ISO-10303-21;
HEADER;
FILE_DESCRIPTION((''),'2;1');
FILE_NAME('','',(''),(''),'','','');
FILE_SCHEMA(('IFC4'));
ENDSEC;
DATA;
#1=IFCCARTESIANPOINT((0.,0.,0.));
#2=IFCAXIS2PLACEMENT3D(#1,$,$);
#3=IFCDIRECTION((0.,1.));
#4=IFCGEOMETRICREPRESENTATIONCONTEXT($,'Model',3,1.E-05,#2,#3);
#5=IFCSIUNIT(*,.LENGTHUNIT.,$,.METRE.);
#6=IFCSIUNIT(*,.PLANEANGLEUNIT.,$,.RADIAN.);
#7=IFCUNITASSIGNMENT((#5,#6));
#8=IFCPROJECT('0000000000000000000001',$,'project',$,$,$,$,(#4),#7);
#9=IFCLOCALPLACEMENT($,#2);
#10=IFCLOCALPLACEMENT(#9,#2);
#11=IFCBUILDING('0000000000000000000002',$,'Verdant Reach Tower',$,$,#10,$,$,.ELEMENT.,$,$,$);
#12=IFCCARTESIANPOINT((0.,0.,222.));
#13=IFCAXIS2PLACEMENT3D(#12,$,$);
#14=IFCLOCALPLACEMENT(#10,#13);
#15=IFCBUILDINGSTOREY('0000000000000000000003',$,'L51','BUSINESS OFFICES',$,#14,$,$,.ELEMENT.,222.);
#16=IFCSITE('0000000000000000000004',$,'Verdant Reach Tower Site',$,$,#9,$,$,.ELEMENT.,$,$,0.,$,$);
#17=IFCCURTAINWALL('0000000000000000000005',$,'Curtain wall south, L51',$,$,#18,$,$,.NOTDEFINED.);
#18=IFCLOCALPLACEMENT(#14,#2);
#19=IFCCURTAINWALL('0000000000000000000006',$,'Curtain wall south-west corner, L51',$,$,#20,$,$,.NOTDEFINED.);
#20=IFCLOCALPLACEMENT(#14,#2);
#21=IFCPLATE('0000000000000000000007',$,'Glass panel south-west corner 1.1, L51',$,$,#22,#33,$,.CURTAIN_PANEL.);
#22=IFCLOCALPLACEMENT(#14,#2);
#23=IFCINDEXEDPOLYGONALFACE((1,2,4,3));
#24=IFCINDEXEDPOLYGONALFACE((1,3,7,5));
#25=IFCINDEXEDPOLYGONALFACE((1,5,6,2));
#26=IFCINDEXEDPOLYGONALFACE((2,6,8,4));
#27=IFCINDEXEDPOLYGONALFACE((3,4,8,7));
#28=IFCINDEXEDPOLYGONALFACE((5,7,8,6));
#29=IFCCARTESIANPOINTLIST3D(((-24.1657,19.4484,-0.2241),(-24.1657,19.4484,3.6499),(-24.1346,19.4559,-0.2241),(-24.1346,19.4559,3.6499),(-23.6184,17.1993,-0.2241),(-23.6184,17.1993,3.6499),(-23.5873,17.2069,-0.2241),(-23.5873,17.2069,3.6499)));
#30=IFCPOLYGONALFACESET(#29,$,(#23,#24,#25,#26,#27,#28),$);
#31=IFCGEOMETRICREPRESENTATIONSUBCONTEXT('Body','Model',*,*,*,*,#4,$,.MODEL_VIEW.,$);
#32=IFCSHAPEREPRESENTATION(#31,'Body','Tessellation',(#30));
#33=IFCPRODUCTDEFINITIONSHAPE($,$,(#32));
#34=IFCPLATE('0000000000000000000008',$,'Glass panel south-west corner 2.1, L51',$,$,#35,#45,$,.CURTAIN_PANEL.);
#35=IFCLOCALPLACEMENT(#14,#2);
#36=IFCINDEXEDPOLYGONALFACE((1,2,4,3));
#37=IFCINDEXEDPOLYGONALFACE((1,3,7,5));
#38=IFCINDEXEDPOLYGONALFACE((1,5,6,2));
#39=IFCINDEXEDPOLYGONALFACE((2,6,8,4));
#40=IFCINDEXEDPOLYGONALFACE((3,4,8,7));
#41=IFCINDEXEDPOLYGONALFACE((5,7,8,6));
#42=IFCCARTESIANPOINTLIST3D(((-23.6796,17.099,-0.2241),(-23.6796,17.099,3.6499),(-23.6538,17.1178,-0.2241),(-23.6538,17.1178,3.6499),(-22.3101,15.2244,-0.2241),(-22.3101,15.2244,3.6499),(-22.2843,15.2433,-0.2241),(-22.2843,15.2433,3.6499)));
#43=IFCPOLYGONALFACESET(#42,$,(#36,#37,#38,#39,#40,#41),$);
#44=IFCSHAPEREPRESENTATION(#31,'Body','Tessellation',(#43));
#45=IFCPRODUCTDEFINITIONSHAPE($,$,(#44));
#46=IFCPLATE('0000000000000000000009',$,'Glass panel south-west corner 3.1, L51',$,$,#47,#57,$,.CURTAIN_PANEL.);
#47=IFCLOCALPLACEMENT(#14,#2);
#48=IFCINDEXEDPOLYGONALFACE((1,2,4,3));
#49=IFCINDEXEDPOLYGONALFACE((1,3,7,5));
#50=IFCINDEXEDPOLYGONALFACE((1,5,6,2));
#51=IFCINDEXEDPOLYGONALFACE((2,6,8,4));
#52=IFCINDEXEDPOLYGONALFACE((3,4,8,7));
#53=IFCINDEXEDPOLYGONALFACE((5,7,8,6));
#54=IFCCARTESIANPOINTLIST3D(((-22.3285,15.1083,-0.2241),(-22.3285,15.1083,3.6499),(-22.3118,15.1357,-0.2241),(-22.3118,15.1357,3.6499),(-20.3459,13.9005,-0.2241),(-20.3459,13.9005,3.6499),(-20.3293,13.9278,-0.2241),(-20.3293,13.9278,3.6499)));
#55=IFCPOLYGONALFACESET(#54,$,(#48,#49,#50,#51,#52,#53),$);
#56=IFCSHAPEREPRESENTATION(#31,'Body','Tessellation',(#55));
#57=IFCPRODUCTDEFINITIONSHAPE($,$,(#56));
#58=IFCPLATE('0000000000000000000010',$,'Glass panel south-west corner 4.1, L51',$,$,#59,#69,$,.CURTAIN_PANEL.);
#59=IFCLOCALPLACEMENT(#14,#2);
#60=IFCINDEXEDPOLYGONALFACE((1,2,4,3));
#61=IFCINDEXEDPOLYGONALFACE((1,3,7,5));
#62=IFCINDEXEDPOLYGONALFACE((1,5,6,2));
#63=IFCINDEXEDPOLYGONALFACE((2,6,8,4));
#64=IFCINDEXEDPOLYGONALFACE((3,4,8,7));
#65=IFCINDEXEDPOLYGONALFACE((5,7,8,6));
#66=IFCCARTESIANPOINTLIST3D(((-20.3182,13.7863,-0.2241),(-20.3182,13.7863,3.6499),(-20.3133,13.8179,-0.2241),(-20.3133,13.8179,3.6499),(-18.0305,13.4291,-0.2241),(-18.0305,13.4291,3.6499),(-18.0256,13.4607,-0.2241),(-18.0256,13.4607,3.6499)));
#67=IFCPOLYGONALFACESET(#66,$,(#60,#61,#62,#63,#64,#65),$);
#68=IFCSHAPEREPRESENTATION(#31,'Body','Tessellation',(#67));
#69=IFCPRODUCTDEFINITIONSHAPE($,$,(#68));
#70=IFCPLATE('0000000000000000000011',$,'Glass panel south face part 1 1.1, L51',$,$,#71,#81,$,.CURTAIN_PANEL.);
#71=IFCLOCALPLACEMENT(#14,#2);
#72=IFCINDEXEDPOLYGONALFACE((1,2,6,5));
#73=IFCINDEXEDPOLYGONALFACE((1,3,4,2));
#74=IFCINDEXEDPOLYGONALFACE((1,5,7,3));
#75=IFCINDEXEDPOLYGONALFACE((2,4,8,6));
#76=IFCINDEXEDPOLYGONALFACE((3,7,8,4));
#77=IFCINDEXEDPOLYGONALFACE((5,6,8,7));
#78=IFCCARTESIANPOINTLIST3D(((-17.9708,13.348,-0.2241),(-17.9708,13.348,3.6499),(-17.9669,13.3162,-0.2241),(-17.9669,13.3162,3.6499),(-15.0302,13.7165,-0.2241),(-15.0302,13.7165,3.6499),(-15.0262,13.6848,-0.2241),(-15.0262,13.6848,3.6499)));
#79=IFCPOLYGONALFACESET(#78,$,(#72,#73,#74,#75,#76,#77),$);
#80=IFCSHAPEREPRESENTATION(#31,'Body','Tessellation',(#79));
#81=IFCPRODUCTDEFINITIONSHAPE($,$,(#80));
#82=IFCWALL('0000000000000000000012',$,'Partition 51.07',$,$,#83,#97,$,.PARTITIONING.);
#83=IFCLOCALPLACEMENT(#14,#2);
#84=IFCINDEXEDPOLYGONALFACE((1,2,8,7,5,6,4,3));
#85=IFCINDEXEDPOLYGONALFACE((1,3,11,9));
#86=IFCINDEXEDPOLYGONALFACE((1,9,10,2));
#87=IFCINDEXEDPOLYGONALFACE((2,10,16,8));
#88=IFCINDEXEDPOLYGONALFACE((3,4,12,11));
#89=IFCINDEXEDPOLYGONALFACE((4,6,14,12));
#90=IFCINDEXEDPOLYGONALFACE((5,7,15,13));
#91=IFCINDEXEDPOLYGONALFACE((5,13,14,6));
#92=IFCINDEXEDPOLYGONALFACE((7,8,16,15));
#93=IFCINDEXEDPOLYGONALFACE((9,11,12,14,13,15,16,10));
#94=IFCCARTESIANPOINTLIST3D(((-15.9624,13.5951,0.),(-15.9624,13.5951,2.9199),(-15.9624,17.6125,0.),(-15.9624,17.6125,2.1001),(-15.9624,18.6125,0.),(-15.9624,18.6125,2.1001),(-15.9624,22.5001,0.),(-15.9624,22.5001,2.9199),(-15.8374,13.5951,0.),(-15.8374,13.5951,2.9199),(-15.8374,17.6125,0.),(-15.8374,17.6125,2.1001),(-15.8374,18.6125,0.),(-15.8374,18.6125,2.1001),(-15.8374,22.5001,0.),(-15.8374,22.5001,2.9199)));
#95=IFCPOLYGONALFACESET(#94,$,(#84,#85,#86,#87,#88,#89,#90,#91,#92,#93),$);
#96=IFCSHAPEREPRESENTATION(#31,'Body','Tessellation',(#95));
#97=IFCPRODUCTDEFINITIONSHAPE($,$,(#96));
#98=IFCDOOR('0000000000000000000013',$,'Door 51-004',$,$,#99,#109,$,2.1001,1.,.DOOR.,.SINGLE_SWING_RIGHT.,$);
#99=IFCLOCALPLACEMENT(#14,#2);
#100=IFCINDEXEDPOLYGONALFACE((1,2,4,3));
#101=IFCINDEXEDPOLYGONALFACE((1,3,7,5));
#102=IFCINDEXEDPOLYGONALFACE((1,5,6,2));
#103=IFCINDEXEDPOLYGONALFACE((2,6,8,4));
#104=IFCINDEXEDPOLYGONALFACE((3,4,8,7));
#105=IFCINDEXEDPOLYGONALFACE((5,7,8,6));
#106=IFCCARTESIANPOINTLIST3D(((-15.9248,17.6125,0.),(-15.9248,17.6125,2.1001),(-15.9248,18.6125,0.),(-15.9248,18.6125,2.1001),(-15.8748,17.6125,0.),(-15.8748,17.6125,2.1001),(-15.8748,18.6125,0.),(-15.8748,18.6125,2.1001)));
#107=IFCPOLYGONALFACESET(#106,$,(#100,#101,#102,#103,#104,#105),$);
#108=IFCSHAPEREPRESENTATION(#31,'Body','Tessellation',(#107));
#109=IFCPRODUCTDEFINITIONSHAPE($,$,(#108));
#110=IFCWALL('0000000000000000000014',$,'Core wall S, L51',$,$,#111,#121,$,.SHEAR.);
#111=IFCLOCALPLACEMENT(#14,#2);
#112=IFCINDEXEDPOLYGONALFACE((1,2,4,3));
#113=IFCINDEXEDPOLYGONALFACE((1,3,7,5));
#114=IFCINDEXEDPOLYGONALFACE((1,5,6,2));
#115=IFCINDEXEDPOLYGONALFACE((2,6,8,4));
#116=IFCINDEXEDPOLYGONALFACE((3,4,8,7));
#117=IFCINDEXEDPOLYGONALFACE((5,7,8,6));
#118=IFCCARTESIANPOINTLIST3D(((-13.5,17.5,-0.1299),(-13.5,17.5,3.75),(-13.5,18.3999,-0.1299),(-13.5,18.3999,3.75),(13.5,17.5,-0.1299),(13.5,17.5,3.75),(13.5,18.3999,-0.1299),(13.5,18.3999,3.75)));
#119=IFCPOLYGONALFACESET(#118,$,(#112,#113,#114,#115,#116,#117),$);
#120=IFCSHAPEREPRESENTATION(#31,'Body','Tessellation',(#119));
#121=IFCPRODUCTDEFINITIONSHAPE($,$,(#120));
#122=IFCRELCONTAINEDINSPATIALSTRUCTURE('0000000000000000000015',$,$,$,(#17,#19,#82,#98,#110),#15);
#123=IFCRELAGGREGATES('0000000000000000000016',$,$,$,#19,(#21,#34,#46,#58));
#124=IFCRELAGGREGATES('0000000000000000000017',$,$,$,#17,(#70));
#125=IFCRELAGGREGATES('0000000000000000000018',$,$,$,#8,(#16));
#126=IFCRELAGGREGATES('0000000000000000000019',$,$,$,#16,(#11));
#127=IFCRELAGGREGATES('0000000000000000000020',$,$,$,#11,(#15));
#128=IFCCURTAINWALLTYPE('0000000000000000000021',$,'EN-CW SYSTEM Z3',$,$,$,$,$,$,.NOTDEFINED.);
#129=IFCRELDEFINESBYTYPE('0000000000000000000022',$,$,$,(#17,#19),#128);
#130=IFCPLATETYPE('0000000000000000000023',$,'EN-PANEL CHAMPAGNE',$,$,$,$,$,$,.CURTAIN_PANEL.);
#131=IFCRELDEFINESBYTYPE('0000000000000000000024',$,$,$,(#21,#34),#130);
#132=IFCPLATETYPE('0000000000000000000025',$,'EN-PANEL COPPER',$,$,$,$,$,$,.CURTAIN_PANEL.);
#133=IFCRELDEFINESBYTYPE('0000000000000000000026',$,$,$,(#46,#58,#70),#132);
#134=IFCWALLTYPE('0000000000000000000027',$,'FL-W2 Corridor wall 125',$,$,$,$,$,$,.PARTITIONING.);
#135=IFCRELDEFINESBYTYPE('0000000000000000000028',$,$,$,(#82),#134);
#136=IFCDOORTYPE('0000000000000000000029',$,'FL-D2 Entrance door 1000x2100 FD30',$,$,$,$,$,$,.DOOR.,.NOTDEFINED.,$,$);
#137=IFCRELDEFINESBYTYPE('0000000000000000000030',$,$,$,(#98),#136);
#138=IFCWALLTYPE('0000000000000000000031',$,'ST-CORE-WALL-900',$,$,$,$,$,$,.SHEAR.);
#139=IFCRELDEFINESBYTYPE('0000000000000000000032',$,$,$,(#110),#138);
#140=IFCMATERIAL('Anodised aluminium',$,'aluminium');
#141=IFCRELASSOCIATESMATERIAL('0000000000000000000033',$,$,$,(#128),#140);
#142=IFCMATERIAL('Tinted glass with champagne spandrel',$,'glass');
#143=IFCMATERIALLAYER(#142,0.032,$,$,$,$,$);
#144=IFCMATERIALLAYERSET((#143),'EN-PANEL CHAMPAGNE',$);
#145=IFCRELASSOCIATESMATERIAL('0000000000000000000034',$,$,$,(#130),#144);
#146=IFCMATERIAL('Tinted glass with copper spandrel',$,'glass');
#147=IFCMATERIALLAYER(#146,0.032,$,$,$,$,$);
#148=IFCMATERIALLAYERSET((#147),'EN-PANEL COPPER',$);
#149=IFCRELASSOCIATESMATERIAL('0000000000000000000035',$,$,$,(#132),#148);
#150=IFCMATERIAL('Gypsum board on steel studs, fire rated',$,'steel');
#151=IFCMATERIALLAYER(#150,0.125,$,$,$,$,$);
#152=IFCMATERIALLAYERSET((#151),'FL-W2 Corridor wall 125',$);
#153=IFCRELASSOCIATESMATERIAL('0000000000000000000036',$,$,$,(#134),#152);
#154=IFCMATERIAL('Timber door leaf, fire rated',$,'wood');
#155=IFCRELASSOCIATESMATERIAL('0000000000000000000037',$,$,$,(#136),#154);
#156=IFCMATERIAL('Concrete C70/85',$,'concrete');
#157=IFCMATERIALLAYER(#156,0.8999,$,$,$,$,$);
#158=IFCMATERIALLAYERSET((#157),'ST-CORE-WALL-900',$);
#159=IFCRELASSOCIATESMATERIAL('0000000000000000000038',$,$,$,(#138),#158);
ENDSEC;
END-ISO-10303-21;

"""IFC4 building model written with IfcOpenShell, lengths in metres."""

from ifc_helpers import new_model, si_unit, direction, frame, frame_2d, origin, origin_2d, place, context, subcontext, project, spatial, rectangle, extrude, material, layer, layer_set, type_object, element, fill, aggregate, save


model = new_model("IFC4")

# Units and contexts
model_context = context("Model", 3, precision=1e-05, world=origin(), true_north=direction((0.0, 1.0)))
body_context = subcontext(model_context, "Body", "Model", "MODEL_VIEW")
ifc_project = project(units=[si_unit("LENGTHUNIT", "METRE"), si_unit("PLANEANGLEUNIT", "RADIAN")], contexts=[model_context])

# Site, building, storey
site_placement = place(None, origin())
site = spatial("IfcSite", under=ifc_project, at=site_placement, Name="Verdant Reach Tower Site", CompositionType="ELEMENT", RefElevation=0.0)
building_placement = place(site_placement, origin())
building = spatial("IfcBuilding", under=site, at=building_placement, Name="Verdant Reach Tower", CompositionType="ELEMENT")
storey_placement = place(building_placement, frame((0.0, 0.0, 222.0)))
storey = spatial("IfcBuildingStorey", under=building, at=storey_placement, Name="L51", Description="BUSINESS OFFICES", CompositionType="ELEMENT", Elevation=222.0)

# Curtain wall
ifc_material_1 = material(Name="Anodised aluminium", Category="aluminium")
curtain_wall_type = type_object("IfcCurtainWallType", Name="EN-CW SYSTEM Z3", PredefinedType="NOTDEFINED", material=ifc_material_1)
curtain_wall_1_placement = place(storey_placement, origin())
curtain_wall_1 = element("IfcCurtainWall", 1, at=curtain_wall_1_placement, inside=storey, type_object=curtain_wall_type, Name="Curtain wall south, L51", PredefinedType="NOTDEFINED")

# Curtain wall, plates
curtain_wall_2_placement = place(storey_placement, origin())
curtain_wall_2 = element("IfcCurtainWall", 2, at=curtain_wall_2_placement, inside=storey, type_object=curtain_wall_type, Name="Curtain wall south-west corner, L51", PredefinedType="NOTDEFINED")
ifc_material_2 = material(Name="Tinted glass with champagne spandrel", Category="glass")
ifc_layer_1 = layer(ifc_material_2, 0.032)
ifc_layer_set_1 = layer_set([ifc_layer_1], Name="EN-PANEL CHAMPAGNE")
plate_type_1 = type_object("IfcPlateType", Name="EN-PANEL CHAMPAGNE", PredefinedType="CURTAIN_PANEL", material=ifc_layer_set_1)
plate_1_placement = place(storey_placement, frame((-23.8765, 18.3276, -0.2241), z_axis=(0.0, 0.0, 1.0), x_axis=(0.236446, -0.971645, 0.0)))
plate_1 = element("IfcPlate", 3, at=plate_1_placement, type_object=plate_type_1, Name="Glass panel south-west corner 1.1, L51", PredefinedType="CURTAIN_PANEL", context=body_context, shape_type="SweptSolid", body=[
    extrude(rectangle(XDim=2.3147, YDim=0.032, at=origin_2d()), origin(), (0.0, 0.0, 1.0), 3.874),
])
plate_2_placement = place(storey_placement, frame((-22.9819, 16.1711, -0.2241), z_axis=(0.0, 0.0, 1.0), x_axis=(0.589927, -0.807457, 0.0)))
plate_2 = element("IfcPlate", 4, at=plate_2_placement, type_object=plate_type_1, Name="Glass panel south-west corner 2.1, L51", PredefinedType="CURTAIN_PANEL", context=body_context, shape_type="SweptSolid", body=[
    extrude(rectangle(XDim=2.3215, YDim=0.032, at=origin_2d()), origin(), (0.0, 0.0, 1.0), 3.874),
])
ifc_material_3 = material(Name="Tinted glass with copper spandrel", Category="glass")
ifc_layer_2 = layer(ifc_material_3, 0.032)
ifc_layer_set_2 = layer_set([ifc_layer_2], Name="EN-PANEL COPPER")
plate_type_2 = type_object("IfcPlateType", Name="EN-PANEL COPPER", PredefinedType="CURTAIN_PANEL", material=ifc_layer_set_2)
plate_3_placement = place(storey_placement, frame((-21.3289, 14.5181, -0.2241), z_axis=(0.0, 0.0, 1.0), x_axis=(0.853989, -0.520292, 0.0)))
plate_3 = element("IfcPlate", 5, at=plate_3_placement, type_object=plate_type_2, Name="Glass panel south-west corner 3.1, L51", PredefinedType="CURTAIN_PANEL", context=body_context, shape_type="SweptSolid", body=[
    extrude(rectangle(XDim=2.3215, YDim=0.032, at=origin_2d()), origin(), (0.0, 0.0, 1.0), 3.874),
])
plate_4_placement = place(storey_placement, frame((-19.1719, 13.6235, -0.2241), z_axis=(0.0, 0.0, 1.0), x_axis=(0.988029, -0.154268, 0.0)))
plate_4 = element("IfcPlate", 6, at=plate_4_placement, type_object=plate_type_2, Name="Glass panel south-west corner 4.1, L51", PredefinedType="CURTAIN_PANEL", context=body_context, shape_type="SweptSolid", body=[
    extrude(rectangle(XDim=2.3154, YDim=0.032, at=origin_2d()), origin(), (0.0, 0.0, 1.0), 3.874),
])
aggregate(curtain_wall_2, [plate_1, plate_2, plate_3, plate_4])

# Plate
plate_5_placement = place(storey_placement, frame((-16.4985, 13.5164, -0.2241), z_axis=(0.0, 0.0, 1.0), x_axis=(0.992238, 0.124355, 0.0)))
plate_5 = element("IfcPlate", 7, at=plate_5_placement, type_object=plate_type_2, Name="Glass panel south face part 1 1.1, L51", PredefinedType="CURTAIN_PANEL", context=body_context, shape_type="SweptSolid", body=[
    extrude(rectangle(XDim=2.9636, YDim=0.032, at=origin_2d()), origin(), (0.0, 0.0, 1.0), 3.874),
])
aggregate(curtain_wall_1, [plate_5])

# Wall, opening, door
ifc_material_4 = material(Name="Gypsum board on steel studs, fire rated", Category="steel")
ifc_layer_3 = layer(ifc_material_4, 0.125)
ifc_layer_set_3 = layer_set([ifc_layer_3], Name="FL-W2 Corridor wall 125")
wall_type_1 = type_object("IfcWallType", Name="FL-W2 Corridor wall 125", PredefinedType="PARTITIONING", material=ifc_layer_set_3)
wall_1_placement = place(storey_placement, frame((-15.8999, 13.595, 0.0), z_axis=(0.0, 0.0, 1.0), x_axis=(0.0, 1.0, 0.0)))
wall_1 = element("IfcWall", 8, at=wall_1_placement, inside=storey, type_object=wall_type_1, Name="Partition 51.07", PredefinedType="PARTITIONING", context=body_context, shape_type="SweptSolid", body=[
    extrude(rectangle(XDim=8.905, YDim=0.125, at=frame_2d((4.4526, 0.0))), origin(), (0.0, 0.0, 1.0), 2.9199),
])
opening_placement = place(wall_1_placement, frame((4.0176, 0.0, 0.0)))
opening = element("IfcOpeningElement", 9, at=opening_placement, cuts=wall_1, PredefinedType="OPENING", context=body_context, shape_type="SweptSolid", body=[
    extrude(rectangle(XDim=1.0, YDim=2.1001, at=frame_2d((0.5, 1.05))), frame((0.0, 0.0725, 0.0), z_axis=(0.0, -1.0, 0.0), x_axis=(1.0, 0.0, 0.0)), (0.0, 0.0, 1.0), 0.145),
])
ifc_material_5 = material(Name="Timber door leaf, fire rated", Category="wood")
door_type = type_object("IfcDoorType", Name="FL-D2 Entrance door 1000x2100 FD30", OperationType="NOTDEFINED", PredefinedType="DOOR", material=ifc_material_5)
door_placement = place(opening_placement, origin())
door = element("IfcDoor", 10, at=door_placement, inside=storey, type_object=door_type, Name="Door 51-004", OperationType="SINGLE_SWING_RIGHT", OverallHeight=2.1001, OverallWidth=1.0, PredefinedType="DOOR", context=body_context, shape_type="SweptSolid", body=[
    extrude(rectangle(XDim=1.0, YDim=2.1001, at=frame_2d((0.5, 1.05))), frame((0.0, 0.0249, 0.0), z_axis=(0.0, -1.0, 0.0), x_axis=(1.0, 0.0, 0.0)), (0.0, 0.0, 1.0), 0.05),
])
fill(opening, door)

# Wall
ifc_material_6 = material(Name="Concrete C70/85", Category="concrete")
ifc_layer_4 = layer(ifc_material_6, 0.8999)
ifc_layer_set_4 = layer_set([ifc_layer_4], Name="ST-CORE-WALL-900")
wall_type_2 = type_object("IfcWallType", Name="ST-CORE-WALL-900", PredefinedType="SHEAR", material=ifc_layer_set_4)
wall_2_placement = place(storey_placement, frame((-13.5, 17.95, -0.1299), z_axis=(0.0, 0.0, 1.0), x_axis=(1.0, 0.0, 0.0)))
element("IfcWall", 11, at=wall_2_placement, inside=storey, type_object=wall_type_2, Name="Core wall S, L51", PredefinedType="SHEAR", context=body_context, shape_type="SweptSolid", body=[
    extrude(rectangle(XDim=27.0, YDim=0.8999, at=frame_2d((13.5, 0.0))), origin(), (0.0, 0.0, 1.0), 3.8799),
])

save(model, "model.ifc")
